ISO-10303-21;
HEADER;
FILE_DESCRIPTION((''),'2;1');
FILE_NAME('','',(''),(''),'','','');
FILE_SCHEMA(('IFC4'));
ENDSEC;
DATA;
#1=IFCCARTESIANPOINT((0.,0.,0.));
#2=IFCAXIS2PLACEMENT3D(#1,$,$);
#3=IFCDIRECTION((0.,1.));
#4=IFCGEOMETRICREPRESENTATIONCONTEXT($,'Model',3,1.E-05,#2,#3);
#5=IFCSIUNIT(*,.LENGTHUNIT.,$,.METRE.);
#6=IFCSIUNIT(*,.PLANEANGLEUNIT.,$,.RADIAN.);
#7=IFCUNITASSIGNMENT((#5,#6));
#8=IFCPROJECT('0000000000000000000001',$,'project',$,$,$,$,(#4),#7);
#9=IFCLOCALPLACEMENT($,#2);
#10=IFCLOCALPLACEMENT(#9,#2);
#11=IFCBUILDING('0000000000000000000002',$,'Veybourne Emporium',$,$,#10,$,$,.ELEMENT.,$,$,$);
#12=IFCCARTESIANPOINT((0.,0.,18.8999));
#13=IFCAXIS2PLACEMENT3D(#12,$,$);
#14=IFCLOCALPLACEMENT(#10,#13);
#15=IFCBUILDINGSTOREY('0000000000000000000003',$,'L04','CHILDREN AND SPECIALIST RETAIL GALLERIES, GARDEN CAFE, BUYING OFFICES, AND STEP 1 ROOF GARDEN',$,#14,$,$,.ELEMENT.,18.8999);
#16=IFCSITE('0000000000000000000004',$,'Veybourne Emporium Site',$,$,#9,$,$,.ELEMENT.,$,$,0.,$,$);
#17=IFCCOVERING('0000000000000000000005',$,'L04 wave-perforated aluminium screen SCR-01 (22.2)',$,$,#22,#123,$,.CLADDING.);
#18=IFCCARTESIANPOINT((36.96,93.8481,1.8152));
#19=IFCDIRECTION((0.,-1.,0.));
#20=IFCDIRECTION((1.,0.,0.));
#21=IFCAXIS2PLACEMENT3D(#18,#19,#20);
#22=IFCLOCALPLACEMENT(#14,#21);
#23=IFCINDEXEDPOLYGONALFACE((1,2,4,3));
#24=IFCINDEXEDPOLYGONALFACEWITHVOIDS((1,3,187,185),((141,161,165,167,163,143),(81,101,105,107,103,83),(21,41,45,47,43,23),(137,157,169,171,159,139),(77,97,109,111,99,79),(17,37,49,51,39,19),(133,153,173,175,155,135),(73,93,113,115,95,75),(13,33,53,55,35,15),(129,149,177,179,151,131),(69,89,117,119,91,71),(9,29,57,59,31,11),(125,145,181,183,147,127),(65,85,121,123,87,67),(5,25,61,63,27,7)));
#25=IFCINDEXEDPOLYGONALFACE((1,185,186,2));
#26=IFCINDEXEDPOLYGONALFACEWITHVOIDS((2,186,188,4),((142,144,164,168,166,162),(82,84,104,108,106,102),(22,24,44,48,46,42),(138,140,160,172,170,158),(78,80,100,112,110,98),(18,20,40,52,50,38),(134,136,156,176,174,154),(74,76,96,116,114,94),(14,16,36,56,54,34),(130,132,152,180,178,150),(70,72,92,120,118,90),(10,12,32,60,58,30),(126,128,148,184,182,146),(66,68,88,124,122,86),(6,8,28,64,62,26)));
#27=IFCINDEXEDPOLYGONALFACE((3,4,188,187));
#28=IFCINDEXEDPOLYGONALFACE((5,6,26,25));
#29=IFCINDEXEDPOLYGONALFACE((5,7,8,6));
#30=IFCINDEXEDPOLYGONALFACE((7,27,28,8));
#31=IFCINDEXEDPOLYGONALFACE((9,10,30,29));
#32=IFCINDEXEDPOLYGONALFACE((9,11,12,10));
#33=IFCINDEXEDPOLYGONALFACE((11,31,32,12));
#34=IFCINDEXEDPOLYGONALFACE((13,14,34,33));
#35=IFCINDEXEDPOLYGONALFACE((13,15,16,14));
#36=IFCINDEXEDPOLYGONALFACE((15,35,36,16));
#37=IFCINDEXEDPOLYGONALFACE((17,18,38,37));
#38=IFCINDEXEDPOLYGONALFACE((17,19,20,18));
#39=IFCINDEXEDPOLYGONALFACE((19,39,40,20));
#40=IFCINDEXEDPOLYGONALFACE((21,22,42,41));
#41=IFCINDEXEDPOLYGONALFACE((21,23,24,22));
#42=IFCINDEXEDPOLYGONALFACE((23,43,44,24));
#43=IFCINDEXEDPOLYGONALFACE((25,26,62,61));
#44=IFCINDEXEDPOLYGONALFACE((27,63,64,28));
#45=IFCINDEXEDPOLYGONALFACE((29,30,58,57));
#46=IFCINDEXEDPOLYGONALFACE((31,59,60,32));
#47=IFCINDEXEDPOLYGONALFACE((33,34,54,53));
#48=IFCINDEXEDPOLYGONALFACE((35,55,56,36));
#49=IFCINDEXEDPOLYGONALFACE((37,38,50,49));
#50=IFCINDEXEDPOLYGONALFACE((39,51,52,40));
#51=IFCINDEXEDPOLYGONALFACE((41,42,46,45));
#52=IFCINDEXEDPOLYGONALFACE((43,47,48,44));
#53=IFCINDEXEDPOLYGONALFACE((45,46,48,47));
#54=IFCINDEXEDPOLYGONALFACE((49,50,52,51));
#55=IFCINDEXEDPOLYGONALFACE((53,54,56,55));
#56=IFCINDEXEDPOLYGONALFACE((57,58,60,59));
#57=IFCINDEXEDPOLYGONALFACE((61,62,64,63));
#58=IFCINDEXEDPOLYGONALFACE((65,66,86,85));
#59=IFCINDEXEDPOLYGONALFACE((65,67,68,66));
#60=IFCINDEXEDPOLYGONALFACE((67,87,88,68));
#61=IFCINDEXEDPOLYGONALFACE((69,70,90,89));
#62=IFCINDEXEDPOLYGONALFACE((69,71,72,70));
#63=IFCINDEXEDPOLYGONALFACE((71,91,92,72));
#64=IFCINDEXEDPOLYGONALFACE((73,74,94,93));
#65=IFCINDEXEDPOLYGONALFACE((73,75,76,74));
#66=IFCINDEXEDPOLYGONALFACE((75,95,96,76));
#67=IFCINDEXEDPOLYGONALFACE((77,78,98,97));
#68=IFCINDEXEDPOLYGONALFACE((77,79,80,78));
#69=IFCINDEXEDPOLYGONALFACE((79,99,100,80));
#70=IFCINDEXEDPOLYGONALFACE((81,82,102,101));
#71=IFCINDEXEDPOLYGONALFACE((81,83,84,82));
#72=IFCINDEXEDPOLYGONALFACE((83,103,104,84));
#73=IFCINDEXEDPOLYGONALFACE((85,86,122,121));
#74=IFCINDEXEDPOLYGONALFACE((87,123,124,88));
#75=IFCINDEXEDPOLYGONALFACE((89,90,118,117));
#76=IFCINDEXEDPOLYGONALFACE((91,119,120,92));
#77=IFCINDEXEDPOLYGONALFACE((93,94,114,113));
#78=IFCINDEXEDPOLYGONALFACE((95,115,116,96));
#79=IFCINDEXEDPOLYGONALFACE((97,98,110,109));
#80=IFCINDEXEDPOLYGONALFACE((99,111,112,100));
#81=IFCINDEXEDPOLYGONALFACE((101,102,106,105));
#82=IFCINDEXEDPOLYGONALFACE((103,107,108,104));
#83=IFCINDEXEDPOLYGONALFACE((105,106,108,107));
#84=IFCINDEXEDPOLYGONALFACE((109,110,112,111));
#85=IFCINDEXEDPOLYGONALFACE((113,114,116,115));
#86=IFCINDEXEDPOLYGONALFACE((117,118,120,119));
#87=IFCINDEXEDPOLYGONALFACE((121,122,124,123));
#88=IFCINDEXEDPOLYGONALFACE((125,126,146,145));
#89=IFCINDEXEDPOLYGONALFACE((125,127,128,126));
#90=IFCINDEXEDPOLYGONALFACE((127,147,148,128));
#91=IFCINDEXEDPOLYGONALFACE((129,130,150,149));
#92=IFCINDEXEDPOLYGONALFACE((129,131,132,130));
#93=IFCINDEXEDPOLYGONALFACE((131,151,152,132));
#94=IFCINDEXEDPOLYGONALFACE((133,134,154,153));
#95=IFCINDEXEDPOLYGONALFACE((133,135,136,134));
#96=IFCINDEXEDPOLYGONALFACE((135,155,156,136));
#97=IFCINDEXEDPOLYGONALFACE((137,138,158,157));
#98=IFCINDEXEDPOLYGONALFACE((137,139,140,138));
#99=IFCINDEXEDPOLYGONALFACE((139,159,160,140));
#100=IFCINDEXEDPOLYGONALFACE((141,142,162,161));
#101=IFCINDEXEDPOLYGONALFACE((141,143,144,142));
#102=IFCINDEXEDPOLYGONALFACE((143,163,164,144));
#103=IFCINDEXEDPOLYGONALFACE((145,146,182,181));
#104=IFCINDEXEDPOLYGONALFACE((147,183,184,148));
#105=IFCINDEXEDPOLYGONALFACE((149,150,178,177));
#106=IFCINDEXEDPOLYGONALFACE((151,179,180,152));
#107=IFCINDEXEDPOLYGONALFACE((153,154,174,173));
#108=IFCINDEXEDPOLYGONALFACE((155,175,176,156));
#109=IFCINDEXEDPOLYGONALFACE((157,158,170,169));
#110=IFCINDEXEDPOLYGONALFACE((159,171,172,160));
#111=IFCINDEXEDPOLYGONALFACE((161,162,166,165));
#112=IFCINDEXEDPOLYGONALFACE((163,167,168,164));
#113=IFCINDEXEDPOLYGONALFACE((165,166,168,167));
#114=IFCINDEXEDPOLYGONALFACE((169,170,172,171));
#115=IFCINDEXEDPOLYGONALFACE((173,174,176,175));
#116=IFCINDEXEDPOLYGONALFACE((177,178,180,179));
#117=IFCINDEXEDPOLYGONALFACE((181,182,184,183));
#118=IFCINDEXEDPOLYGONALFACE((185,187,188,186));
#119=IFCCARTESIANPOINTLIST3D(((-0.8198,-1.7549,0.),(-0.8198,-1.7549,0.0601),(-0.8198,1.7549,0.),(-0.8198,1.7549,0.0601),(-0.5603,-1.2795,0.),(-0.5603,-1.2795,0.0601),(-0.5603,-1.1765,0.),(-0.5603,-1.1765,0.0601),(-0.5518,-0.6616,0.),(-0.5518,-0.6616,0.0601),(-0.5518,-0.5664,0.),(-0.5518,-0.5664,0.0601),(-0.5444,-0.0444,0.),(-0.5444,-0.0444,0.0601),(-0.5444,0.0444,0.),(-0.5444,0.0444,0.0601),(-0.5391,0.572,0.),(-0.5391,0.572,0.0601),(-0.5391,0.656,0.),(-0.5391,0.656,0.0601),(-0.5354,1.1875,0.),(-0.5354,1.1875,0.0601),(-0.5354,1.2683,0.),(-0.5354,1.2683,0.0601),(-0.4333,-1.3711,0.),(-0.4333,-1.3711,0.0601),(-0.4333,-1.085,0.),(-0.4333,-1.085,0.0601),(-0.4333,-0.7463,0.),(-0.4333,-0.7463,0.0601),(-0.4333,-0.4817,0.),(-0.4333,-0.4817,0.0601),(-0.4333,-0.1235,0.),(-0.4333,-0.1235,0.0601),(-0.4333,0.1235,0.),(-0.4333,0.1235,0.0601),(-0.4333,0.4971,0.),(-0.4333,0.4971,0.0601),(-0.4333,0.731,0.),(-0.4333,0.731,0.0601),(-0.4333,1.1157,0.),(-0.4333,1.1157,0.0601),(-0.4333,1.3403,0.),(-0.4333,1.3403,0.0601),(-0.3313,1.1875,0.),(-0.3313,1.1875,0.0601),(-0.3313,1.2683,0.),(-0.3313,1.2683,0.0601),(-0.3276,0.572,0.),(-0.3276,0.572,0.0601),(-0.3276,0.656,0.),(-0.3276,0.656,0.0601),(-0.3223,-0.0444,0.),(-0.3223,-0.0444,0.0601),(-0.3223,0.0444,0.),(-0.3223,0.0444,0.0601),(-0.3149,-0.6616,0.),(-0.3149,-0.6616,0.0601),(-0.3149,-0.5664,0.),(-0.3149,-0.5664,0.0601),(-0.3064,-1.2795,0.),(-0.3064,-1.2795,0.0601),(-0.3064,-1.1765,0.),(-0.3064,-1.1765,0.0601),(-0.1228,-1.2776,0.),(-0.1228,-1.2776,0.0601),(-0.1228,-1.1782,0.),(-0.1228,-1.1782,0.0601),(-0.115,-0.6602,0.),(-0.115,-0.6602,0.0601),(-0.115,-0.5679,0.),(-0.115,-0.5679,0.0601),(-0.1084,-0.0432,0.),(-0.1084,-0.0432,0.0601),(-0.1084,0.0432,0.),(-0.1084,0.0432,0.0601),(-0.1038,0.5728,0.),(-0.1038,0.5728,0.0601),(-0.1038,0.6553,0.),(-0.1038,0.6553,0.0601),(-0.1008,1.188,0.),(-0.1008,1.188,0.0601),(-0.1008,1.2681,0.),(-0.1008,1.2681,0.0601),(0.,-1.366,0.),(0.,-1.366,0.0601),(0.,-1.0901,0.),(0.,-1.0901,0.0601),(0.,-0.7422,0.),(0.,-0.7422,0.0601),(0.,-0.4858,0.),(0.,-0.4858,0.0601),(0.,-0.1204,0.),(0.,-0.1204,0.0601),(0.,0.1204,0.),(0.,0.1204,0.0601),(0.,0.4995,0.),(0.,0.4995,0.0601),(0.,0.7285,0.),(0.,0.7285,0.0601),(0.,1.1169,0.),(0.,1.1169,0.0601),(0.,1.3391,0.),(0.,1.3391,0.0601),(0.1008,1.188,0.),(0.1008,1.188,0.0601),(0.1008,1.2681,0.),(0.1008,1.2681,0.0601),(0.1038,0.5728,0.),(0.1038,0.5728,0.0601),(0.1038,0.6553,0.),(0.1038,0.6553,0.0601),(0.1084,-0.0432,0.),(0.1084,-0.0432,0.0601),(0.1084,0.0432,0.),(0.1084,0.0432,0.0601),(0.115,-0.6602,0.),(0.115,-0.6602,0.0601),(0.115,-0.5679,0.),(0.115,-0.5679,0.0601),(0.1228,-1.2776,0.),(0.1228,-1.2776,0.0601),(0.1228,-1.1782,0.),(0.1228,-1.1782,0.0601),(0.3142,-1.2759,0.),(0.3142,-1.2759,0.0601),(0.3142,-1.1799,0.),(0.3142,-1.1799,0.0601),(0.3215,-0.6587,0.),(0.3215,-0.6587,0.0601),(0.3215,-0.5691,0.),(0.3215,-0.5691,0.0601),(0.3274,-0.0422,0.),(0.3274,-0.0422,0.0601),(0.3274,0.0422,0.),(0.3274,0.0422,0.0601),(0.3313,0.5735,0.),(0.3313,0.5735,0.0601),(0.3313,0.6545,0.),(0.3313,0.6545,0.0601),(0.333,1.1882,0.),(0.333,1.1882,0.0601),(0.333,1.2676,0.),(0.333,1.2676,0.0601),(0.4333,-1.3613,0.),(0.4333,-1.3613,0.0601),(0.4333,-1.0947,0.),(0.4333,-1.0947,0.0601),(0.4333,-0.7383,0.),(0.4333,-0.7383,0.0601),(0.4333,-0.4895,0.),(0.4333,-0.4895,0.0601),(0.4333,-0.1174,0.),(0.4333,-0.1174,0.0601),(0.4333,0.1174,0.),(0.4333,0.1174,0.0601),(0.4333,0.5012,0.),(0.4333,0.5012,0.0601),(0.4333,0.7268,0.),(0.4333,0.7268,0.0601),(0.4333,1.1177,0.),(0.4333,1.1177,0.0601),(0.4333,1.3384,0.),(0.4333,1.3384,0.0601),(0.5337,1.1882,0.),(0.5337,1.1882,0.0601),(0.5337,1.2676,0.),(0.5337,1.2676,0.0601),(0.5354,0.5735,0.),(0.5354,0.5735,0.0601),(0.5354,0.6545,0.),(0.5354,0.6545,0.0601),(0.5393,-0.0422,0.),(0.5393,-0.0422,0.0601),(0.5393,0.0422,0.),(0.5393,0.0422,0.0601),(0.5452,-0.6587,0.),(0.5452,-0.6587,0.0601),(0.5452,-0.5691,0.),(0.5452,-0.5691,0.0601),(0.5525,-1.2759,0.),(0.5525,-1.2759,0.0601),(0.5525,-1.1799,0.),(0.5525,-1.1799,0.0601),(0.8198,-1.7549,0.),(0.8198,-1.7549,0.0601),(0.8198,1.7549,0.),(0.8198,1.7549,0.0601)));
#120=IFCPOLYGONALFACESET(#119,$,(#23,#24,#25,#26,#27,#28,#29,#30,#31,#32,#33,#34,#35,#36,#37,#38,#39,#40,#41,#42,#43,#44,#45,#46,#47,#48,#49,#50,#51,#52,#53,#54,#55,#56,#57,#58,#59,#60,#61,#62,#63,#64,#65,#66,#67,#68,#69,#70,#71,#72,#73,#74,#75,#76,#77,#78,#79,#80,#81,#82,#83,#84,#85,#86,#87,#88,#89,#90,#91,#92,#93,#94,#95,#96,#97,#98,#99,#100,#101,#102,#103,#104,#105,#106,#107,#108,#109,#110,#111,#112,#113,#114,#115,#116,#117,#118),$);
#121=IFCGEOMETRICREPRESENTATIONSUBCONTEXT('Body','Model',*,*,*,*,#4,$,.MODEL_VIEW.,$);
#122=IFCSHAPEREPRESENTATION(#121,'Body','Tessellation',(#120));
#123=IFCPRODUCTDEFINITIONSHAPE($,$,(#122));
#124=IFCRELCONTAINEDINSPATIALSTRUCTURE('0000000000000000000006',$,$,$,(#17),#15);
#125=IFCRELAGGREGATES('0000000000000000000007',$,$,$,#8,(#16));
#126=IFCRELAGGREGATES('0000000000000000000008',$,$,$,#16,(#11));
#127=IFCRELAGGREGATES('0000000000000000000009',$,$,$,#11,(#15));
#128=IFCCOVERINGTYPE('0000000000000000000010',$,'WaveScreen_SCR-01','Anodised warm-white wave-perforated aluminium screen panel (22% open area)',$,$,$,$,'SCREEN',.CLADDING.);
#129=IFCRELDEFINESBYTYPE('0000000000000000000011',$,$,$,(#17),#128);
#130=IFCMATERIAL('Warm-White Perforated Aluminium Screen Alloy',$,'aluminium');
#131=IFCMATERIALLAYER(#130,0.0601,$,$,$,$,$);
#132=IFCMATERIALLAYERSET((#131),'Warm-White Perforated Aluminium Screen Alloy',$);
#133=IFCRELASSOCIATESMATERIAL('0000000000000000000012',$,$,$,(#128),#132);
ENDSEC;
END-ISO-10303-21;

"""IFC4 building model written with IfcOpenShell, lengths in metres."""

from ifc_helpers import new_model, si_unit, direction, frame, origin, place, context, subcontext, project, spatial, polyline, outline, extrude, material, layer, layer_set, type_object, element, save


model = new_model("IFC4")

# Units and contexts
model_context = context("Model", 3, precision=1e-05, world=origin(), true_north=direction((0.0, 1.0)))
body_context = subcontext(model_context, "Body", "Model", "MODEL_VIEW")
ifc_project = project(units=[si_unit("LENGTHUNIT", "METRE"), si_unit("PLANEANGLEUNIT", "RADIAN")], contexts=[model_context])

# Site, building, storey
site_placement = place(None, origin())
site = spatial("IfcSite", under=ifc_project, at=site_placement, Name="Veybourne Emporium Site", CompositionType="ELEMENT", RefElevation=0.0)
building_placement = place(site_placement, origin())
building = spatial("IfcBuilding", under=site, at=building_placement, Name="Veybourne Emporium", CompositionType="ELEMENT")
storey_placement = place(building_placement, frame((0.0, 0.0, 18.8999)))
storey = spatial("IfcBuildingStorey", under=building, at=storey_placement, Name="L04", Description="CHILDREN AND SPECIALIST RETAIL GALLERIES, GARDEN CAFE, BUYING OFFICES, AND STEP 1 ROOF GARDEN", CompositionType="ELEMENT", Elevation=18.8999)

# Covering
ifc_material_1 = material(Name="Warm-White Perforated Aluminium Screen Alloy", Category="aluminium")
ifc_layer_1 = layer(ifc_material_1, 0.0601)
ifc_layer_set_1 = layer_set([ifc_layer_1], Name="Warm-White Perforated Aluminium Screen Alloy")
covering_type_1 = type_object("IfcCoveringType", Name="WaveScreen_SCR-01", Description="Anodised warm-white wave-perforated aluminium screen panel (22% open area)", ElementType="SCREEN", PredefinedType="CLADDING", material=ifc_layer_set_1)
covering_1_placement = place(storey_placement, frame((36.96, 93.8481, 1.8152), z_axis=(0.0, -1.0, 0.0), x_axis=(1.0, 0.0, 0.0)))
element("IfcCovering", 1, at=covering_1_placement, inside=storey, type_object=covering_type_1, Name="L04 wave-perforated aluminium screen SCR-01 (22.2)", PredefinedType="CLADDING", context=body_context, shape_type="SweptSolid", body=[
    extrude(outline(polyline([(-0.8198, -1.7549), (0.8198, -1.7549), (0.8198, 1.7549), (-0.8198, 1.7549), (-0.8198, -1.7549)]), holes=[polyline([(-0.4333, -1.085), (-0.3064, -1.1765), (-0.3064, -1.2795), (-0.4333, -1.3711), (-0.5603, -1.2795), (-0.5603, -1.1765), (-0.4333, -1.085)]), polyline([(-0.4333, -0.4817), (-0.3149, -0.5664), (-0.3149, -0.6616), (-0.4333, -0.7463), (-0.5518, -0.6616), (-0.5518, -0.5664), (-0.4333, -0.4817)]), polyline([(-0.4333, 0.1235), (-0.3223, 0.0444), (-0.3223, -0.0444), (-0.4333, -0.1235), (-0.5444, -0.0444), (-0.5444, 0.0444), (-0.4333, 0.1235)]), polyline([(-0.4333, 0.731), (-0.3276, 0.656), (-0.3276, 0.572), (-0.4333, 0.4971), (-0.5391, 0.572), (-0.5391, 0.656), (-0.4333, 0.731)]), polyline([(-0.4333, 1.3403), (-0.3313, 1.2683), (-0.3313, 1.1875), (-0.4333, 1.1157), (-0.5354, 1.1875), (-0.5354, 1.2683), (-0.4333, 1.3403)]), polyline([(0.0, -1.0901), (0.1228, -1.1782), (0.1228, -1.2776), (0.0, -1.366), (-0.1228, -1.2776), (-0.1228, -1.1782), (0.0, -1.0901)]), polyline([(0.0, -0.4858), (0.115, -0.5679), (0.115, -0.6602), (0.0, -0.7422), (-0.115, -0.6602), (-0.115, -0.5679), (0.0, -0.4858)]), polyline([(0.0, 0.1204), (0.1084, 0.0432), (0.1084, -0.0432), (0.0, -0.1204), (-0.1084, -0.0432), (-0.1084, 0.0432), (0.0, 0.1204)]), polyline([(0.0, 0.7285), (0.1038, 0.6553), (0.1038, 0.5728), (0.0, 0.4995), (-0.1038, 0.5728), (-0.1038, 0.6553), (0.0, 0.7285)]), polyline([(0.0, 1.3391), (0.1008, 1.2681), (0.1008, 1.188), (0.0, 1.1169), (-0.1008, 1.188), (-0.1008, 1.2681), (0.0, 1.3391)]), polyline([(0.4333, -1.0947), (0.5525, -1.1799), (0.5525, -1.2759), (0.4333, -1.3613), (0.3142, -1.2759), (0.3142, -1.1799), (0.4333, -1.0947)]), polyline([(0.4333, -0.4895), (0.5452, -0.5691), (0.5452, -0.6587), (0.4333, -0.7383), (0.3215, -0.6587), (0.3215, -0.5691), (0.4333, -0.4895)]), polyline([(0.4333, 0.1174), (0.5393, 0.0422), (0.5393, -0.0422), (0.4333, -0.1174), (0.3274, -0.0422), (0.3274, 0.0422), (0.4333, 0.1174)]), polyline([(0.4333, 0.7268), (0.5354, 0.6545), (0.5354, 0.5735), (0.4333, 0.5012), (0.3313, 0.5735), (0.3313, 0.6545), (0.4333, 0.7268)]), polyline([(0.4333, 1.3384), (0.5337, 1.2676), (0.5337, 1.1882), (0.4333, 1.1177), (0.333, 1.1882), (0.333, 1.2676), (0.4333, 1.3384)])]), origin(), (0.0, 0.0, 1.0), 0.0601),
])

save(model, "model.ifc")
